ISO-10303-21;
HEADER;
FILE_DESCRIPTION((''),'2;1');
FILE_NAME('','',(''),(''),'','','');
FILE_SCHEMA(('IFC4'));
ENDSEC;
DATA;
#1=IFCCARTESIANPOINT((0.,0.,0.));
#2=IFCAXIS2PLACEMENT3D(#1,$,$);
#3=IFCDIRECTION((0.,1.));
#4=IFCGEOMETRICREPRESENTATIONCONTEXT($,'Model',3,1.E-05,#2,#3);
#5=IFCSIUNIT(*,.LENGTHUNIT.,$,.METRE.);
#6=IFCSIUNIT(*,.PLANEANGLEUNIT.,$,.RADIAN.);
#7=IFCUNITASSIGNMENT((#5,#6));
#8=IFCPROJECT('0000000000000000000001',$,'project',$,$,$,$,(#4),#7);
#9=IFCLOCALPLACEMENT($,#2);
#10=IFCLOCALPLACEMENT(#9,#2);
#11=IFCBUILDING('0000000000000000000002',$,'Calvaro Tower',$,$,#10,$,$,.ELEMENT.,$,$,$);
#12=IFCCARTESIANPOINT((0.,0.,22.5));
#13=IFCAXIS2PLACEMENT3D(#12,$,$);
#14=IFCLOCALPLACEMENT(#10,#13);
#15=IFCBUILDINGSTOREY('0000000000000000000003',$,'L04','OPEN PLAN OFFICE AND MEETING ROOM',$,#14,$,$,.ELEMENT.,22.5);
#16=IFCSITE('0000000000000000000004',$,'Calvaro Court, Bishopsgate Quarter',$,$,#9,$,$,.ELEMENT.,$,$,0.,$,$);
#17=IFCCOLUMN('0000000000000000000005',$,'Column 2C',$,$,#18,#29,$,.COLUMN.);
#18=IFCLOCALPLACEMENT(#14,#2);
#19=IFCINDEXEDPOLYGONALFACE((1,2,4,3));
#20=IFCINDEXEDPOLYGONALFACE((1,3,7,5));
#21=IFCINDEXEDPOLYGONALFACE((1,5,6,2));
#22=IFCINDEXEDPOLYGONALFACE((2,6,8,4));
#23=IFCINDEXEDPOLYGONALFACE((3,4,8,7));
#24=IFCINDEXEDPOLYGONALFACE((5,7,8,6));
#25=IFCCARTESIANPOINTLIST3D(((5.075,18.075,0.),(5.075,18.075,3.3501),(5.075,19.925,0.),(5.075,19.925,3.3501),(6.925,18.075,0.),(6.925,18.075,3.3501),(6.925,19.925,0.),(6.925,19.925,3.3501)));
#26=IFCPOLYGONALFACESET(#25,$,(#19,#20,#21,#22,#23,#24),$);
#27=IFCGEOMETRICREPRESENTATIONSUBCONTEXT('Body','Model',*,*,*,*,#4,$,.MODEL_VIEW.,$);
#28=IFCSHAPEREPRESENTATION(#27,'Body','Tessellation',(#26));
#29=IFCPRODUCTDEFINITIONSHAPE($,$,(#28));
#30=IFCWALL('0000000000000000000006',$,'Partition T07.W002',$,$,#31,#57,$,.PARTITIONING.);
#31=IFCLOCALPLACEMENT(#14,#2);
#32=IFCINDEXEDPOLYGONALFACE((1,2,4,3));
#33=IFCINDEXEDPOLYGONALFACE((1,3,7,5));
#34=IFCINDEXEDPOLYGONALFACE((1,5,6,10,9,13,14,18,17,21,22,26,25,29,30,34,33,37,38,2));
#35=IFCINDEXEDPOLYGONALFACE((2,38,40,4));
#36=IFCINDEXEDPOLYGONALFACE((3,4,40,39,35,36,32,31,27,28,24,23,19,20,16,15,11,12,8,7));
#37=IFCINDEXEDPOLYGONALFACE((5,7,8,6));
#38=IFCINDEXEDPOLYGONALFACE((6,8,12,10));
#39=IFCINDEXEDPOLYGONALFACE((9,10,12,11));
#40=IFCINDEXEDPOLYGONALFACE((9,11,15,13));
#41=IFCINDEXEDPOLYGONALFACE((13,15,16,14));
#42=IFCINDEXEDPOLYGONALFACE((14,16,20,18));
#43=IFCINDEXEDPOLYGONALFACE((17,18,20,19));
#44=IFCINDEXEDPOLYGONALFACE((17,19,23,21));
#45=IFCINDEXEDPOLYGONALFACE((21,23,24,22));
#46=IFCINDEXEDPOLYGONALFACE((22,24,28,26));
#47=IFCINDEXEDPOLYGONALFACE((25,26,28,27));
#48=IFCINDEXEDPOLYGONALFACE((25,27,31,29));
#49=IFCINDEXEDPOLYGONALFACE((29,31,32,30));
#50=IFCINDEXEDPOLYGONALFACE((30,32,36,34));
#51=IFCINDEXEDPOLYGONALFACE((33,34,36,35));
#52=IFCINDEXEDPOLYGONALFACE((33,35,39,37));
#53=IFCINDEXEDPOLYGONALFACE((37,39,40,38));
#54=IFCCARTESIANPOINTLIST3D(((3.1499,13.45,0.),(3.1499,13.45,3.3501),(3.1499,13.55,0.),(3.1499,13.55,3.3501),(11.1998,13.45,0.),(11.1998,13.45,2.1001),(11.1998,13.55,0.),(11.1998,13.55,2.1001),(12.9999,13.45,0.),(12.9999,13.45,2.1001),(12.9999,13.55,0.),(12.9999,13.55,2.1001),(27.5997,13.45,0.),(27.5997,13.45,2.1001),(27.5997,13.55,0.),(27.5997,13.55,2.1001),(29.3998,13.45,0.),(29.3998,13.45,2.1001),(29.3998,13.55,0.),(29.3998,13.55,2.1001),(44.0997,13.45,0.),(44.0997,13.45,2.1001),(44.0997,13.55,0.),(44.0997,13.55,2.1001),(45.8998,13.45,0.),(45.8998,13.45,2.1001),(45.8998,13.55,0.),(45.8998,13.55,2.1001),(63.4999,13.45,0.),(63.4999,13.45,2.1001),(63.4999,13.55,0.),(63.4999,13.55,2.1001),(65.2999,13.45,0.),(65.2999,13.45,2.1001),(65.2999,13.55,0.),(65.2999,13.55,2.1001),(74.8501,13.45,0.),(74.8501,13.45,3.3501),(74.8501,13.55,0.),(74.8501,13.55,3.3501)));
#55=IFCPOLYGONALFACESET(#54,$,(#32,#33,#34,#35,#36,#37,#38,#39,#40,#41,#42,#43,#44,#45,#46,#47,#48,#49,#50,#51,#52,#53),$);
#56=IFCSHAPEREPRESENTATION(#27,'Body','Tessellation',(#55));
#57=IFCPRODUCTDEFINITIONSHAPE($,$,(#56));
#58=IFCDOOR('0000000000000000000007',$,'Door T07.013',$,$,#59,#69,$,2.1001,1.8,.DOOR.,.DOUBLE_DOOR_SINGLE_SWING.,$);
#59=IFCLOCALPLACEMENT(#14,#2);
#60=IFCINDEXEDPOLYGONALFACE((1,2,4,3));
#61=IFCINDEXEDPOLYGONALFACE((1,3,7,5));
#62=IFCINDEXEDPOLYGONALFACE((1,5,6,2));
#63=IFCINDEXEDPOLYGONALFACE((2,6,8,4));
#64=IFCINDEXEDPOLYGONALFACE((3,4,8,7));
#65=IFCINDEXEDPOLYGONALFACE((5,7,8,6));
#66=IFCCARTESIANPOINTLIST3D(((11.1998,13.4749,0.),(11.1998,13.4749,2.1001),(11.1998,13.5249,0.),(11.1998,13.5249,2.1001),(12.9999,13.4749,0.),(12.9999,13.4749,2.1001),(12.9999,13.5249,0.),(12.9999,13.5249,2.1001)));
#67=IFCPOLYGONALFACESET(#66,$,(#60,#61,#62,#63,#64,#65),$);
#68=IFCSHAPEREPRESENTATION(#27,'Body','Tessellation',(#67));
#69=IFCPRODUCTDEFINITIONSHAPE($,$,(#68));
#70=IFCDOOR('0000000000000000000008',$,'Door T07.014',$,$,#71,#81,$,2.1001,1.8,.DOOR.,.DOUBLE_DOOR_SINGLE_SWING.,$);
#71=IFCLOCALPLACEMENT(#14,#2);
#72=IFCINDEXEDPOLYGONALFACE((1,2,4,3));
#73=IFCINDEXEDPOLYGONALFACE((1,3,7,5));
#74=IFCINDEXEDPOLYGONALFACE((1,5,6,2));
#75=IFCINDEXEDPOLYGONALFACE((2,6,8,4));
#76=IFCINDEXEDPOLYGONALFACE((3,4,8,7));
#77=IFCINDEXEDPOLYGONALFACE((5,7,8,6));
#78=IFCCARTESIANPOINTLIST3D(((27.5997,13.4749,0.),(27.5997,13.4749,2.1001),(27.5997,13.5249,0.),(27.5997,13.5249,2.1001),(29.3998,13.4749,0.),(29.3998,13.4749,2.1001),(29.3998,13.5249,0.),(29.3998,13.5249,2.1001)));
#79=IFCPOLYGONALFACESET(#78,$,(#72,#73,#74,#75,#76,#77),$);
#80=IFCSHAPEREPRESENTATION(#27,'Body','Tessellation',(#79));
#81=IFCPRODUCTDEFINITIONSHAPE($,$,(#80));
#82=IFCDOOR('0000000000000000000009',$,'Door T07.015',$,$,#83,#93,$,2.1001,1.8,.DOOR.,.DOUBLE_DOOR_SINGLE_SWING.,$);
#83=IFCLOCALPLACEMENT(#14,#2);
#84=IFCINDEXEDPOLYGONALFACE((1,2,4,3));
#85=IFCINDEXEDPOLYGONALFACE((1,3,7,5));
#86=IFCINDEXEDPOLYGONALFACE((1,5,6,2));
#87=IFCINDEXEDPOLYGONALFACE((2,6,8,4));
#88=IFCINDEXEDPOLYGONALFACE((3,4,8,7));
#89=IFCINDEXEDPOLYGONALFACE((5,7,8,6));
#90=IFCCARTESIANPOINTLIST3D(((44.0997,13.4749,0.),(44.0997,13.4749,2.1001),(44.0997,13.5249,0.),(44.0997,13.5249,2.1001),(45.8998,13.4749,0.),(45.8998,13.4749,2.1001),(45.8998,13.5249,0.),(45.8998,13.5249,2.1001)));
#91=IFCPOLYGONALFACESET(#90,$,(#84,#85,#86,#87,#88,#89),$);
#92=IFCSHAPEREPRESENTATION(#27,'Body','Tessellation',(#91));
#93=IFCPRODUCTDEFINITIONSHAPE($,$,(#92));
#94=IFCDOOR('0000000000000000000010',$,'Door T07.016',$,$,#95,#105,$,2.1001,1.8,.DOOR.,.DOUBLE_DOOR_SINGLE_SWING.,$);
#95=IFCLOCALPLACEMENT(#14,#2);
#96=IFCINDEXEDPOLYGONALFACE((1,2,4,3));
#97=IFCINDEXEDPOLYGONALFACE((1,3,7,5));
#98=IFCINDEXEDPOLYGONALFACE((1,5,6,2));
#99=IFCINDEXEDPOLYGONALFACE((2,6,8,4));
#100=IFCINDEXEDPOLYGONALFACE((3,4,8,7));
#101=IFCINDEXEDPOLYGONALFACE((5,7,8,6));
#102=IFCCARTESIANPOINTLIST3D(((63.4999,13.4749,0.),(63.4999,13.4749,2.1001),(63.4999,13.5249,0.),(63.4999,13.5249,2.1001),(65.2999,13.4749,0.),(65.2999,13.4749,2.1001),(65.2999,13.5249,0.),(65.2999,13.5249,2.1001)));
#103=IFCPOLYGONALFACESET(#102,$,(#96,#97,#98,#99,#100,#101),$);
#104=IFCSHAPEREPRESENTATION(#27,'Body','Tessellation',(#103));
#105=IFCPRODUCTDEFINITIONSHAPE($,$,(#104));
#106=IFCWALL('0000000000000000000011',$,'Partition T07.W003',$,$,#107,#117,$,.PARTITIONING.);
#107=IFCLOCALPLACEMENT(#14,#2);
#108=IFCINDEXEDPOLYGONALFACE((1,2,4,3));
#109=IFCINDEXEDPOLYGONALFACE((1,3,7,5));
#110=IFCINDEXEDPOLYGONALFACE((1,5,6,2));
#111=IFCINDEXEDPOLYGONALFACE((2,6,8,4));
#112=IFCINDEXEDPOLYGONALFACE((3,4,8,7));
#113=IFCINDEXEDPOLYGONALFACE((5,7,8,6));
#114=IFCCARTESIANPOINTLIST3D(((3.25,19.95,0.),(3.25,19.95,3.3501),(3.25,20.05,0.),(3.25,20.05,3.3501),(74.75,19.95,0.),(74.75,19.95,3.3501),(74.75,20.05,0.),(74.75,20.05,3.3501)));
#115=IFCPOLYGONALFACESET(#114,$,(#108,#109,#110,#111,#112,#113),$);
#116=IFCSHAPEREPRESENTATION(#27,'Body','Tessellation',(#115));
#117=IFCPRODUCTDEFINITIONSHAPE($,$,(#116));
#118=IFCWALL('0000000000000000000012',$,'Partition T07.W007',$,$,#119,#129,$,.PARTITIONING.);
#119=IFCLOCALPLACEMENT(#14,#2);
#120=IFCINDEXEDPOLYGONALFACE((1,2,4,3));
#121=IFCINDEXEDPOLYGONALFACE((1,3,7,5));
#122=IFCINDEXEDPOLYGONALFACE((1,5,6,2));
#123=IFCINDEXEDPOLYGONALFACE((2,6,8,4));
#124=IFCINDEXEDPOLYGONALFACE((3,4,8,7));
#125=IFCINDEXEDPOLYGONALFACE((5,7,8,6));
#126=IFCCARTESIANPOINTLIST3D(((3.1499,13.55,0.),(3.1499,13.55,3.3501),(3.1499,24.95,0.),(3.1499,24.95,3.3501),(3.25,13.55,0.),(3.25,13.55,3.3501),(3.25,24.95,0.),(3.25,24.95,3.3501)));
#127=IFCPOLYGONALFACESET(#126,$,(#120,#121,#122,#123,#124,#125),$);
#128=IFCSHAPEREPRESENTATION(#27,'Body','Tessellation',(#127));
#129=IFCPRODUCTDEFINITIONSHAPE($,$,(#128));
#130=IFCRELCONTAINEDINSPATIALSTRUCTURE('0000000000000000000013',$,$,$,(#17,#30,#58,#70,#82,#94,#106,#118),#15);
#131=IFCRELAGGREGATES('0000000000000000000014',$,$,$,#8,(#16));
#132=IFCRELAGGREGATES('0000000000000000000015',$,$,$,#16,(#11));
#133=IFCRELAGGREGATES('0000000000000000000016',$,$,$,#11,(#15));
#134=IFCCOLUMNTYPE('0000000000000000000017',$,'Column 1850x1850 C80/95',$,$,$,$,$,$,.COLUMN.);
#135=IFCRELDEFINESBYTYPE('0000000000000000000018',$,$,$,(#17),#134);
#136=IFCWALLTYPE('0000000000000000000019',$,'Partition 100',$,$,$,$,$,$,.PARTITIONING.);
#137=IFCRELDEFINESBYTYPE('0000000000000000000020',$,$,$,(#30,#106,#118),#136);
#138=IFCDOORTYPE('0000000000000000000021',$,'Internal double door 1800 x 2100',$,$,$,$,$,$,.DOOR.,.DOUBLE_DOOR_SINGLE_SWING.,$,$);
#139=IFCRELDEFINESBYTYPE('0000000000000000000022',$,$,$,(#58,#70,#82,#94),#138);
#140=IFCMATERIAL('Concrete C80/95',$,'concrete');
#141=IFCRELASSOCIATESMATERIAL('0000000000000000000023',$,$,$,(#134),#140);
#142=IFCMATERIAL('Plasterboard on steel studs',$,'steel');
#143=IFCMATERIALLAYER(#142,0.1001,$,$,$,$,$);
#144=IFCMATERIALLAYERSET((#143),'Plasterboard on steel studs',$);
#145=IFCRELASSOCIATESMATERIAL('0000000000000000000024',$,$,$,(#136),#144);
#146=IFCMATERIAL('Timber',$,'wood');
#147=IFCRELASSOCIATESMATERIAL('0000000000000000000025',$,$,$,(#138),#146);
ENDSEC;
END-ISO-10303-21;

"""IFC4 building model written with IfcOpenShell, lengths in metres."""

from ifc_helpers import new_model, si_unit, direction, frame, frame_2d, origin, origin_2d, place, context, subcontext, project, spatial, rectangle, extrude, material, layer, layer_set, material_profile, profile_set, type_object, element, fill, save


model = new_model("IFC4")

# Units and contexts
model_context = context("Model", 3, precision=1e-05, world=origin(), true_north=direction((0.0, 1.0)))
body_context = subcontext(model_context, "Body", "Model", "MODEL_VIEW")
ifc_project = project(units=[si_unit("LENGTHUNIT", "METRE"), si_unit("PLANEANGLEUNIT", "RADIAN")], contexts=[model_context])

# Site, building, storey
site_placement = place(None, origin())
site = spatial("IfcSite", under=ifc_project, at=site_placement, Name="Calvaro Court, Bishopsgate Quarter", CompositionType="ELEMENT", RefElevation=0.0)
building_placement = place(site_placement, origin())
building = spatial("IfcBuilding", under=site, at=building_placement, Name="Calvaro Tower", CompositionType="ELEMENT")
storey_placement = place(building_placement, frame((0.0, 0.0, 22.5)))
storey = spatial("IfcBuildingStorey", under=building, at=storey_placement, Name="L04", Description="OPEN PLAN OFFICE AND MEETING ROOM", CompositionType="ELEMENT", Elevation=22.5)

# Column
ifc_material_1 = material(Name="Concrete C80/95", Category="concrete")
ifc_material_profile = material_profile(ifc_material_1, rectangle(XDim=1.8501, YDim=1.8501, at=origin_2d()), Name="RC 1850x1850")
ifc_profile_set = profile_set([ifc_material_profile], Name="Concrete C80/95")
column_type = type_object("IfcColumnType", Name="Column 1850x1850 C80/95", PredefinedType="COLUMN", material=ifc_profile_set)
column_placement = place(storey_placement, frame((6.0, 19.0, 0.0), z_axis=(0.0, 0.0, 1.0), x_axis=(1.0, 0.0, 0.0)))
element("IfcColumn", 1, at=column_placement, inside=storey, type_object=column_type, Name="Column 2C", PredefinedType="COLUMN", context=body_context, shape_type="SweptSolid", body=[
    extrude(rectangle(XDim=1.8501, YDim=1.8501, at=origin_2d()), origin(), (0.0, 0.0, 1.0), 3.3501),
])

# Wall, openings, doors
ifc_material_2 = material(Name="Plasterboard on steel studs", Category="steel")
ifc_layer = layer(ifc_material_2, 0.1001)
ifc_layer_set = layer_set([ifc_layer], Name="Plasterboard on steel studs")
wall_type = type_object("IfcWallType", Name="Partition 100", PredefinedType="PARTITIONING", material=ifc_layer_set)
ifc_material_3 = material(Name="Timber", Category="wood")
door_type_1 = type_object("IfcDoorType", Name="Internal double door 1800 x 2100", OperationType="DOUBLE_DOOR_SINGLE_SWING", PredefinedType="DOOR", material=ifc_material_3)
wall_1_placement = place(storey_placement, frame((3.1499, 13.5, 0.0), z_axis=(0.0, 0.0, 1.0), x_axis=(1.0, 0.0, 0.0)))
wall_1 = element("IfcWall", 2, at=wall_1_placement, inside=storey, type_object=wall_type, Name="Partition T07.W002", PredefinedType="PARTITIONING", context=body_context, shape_type="SweptSolid", body=[
    extrude(rectangle(XDim=71.7002, YDim=0.1001, at=frame_2d((35.8501, 0.0))), origin(), (0.0, 0.0, 1.0), 3.3501),
])
opening_1_placement = place(wall_1_placement, frame((8.05, 0.0, 0.0)))
opening_1 = element("IfcOpeningElement", 3, at=opening_1_placement, cuts=wall_1, PredefinedType="OPENING", context=body_context, shape_type="SweptSolid", body=[
    extrude(rectangle(XDim=1.8, YDim=2.1001, at=frame_2d((0.8999, 1.05))), frame((0.0, 0.0601, 0.0), z_axis=(0.0, -1.0, 0.0), x_axis=(1.0, 0.0, 0.0)), (0.0, 0.0, 1.0), 0.1201),
])
opening_2_placement = place(wall_1_placement, frame((24.45, 0.0, 0.0)))
opening_2 = element("IfcOpeningElement", 4, at=opening_2_placement, cuts=wall_1, PredefinedType="OPENING", context=body_context, shape_type="SweptSolid", body=[
    extrude(rectangle(XDim=1.8, YDim=2.1001, at=frame_2d((0.8999, 1.05))), frame((0.0, 0.0601, 0.0), z_axis=(0.0, -1.0, 0.0), x_axis=(1.0, 0.0, 0.0)), (0.0, 0.0, 1.0), 0.1201),
])
opening_3_placement = place(wall_1_placement, frame((40.95, 0.0, 0.0)))
opening_3 = element("IfcOpeningElement", 5, at=opening_3_placement, cuts=wall_1, PredefinedType="OPENING", context=body_context, shape_type="SweptSolid", body=[
    extrude(rectangle(XDim=1.8, YDim=2.1001, at=frame_2d((0.8999, 1.05))), frame((0.0, 0.0601, 0.0), z_axis=(0.0, -1.0, 0.0), x_axis=(1.0, 0.0, 0.0)), (0.0, 0.0, 1.0), 0.1201),
])
opening_4_placement = place(wall_1_placement, frame((60.3501, 0.0, 0.0)))
opening_4 = element("IfcOpeningElement", 6, at=opening_4_placement, cuts=wall_1, PredefinedType="OPENING", context=body_context, shape_type="SweptSolid", body=[
    extrude(rectangle(XDim=1.8, YDim=2.1001, at=frame_2d((0.8999, 1.05))), frame((0.0, 0.0601, 0.0), z_axis=(0.0, -1.0, 0.0), x_axis=(1.0, 0.0, 0.0)), (0.0, 0.0, 1.0), 0.1201),
])
door_1_placement = place(opening_1_placement, origin())
door_1 = element("IfcDoor", 7, at=door_1_placement, inside=storey, type_object=door_type_1, Name="Door T07.013", OperationType="DOUBLE_DOOR_SINGLE_SWING", OverallHeight=2.1001, OverallWidth=1.8, PredefinedType="DOOR", context=body_context, shape_type="SweptSolid", body=[
    extrude(rectangle(XDim=1.8, YDim=2.1001, at=frame_2d((0.8999, 1.05))), frame((0.0, 0.0249, 0.0), z_axis=(0.0, -1.0, 0.0), x_axis=(1.0, 0.0, 0.0)), (0.0, 0.0, 1.0), 0.05),
])
fill(opening_1, door_1)
door_2_placement = place(opening_2_placement, origin())
door_2 = element("IfcDoor", 8, at=door_2_placement, inside=storey, type_object=door_type_1, Name="Door T07.014", OperationType="DOUBLE_DOOR_SINGLE_SWING", OverallHeight=2.1001, OverallWidth=1.8, PredefinedType="DOOR", context=body_context, shape_type="SweptSolid", body=[
    extrude(rectangle(XDim=1.8, YDim=2.1001, at=frame_2d((0.8999, 1.05))), frame((0.0, 0.0249, 0.0), z_axis=(0.0, -1.0, 0.0), x_axis=(1.0, 0.0, 0.0)), (0.0, 0.0, 1.0), 0.05),
])
fill(opening_2, door_2)
door_3_placement = place(opening_3_placement, origin())
door_3 = element("IfcDoor", 9, at=door_3_placement, inside=storey, type_object=door_type_1, Name="Door T07.015", OperationType="DOUBLE_DOOR_SINGLE_SWING", OverallHeight=2.1001, OverallWidth=1.8, PredefinedType="DOOR", context=body_context, shape_type="SweptSolid", body=[
    extrude(rectangle(XDim=1.8, YDim=2.1001, at=frame_2d((0.8999, 1.05))), frame((0.0, 0.0249, 0.0), z_axis=(0.0, -1.0, 0.0), x_axis=(1.0, 0.0, 0.0)), (0.0, 0.0, 1.0), 0.05),
])
fill(opening_3, door_3)
door_4_placement = place(opening_4_placement, origin())
door_4 = element("IfcDoor", 10, at=door_4_placement, inside=storey, type_object=door_type_1, Name="Door T07.016", OperationType="DOUBLE_DOOR_SINGLE_SWING", OverallHeight=2.1001, OverallWidth=1.8, PredefinedType="DOOR", context=body_context, shape_type="SweptSolid", body=[
    extrude(rectangle(XDim=1.8, YDim=2.1001, at=frame_2d((0.8999, 1.05))), frame((0.0, 0.0249, 0.0), z_axis=(0.0, -1.0, 0.0), x_axis=(1.0, 0.0, 0.0)), (0.0, 0.0, 1.0), 0.05),
])
fill(opening_4, door_4)

# Walls
wall_2_placement = place(storey_placement, frame((3.25, 20.0, 0.0), z_axis=(0.0, 0.0, 1.0), x_axis=(1.0, 0.0, 0.0)))
element("IfcWall", 11, at=wall_2_placement, inside=storey, type_object=wall_type, Name="Partition T07.W003", PredefinedType="PARTITIONING", context=body_context, shape_type="SweptSolid", body=[
    extrude(rectangle(XDim=71.5, YDim=0.1001, at=frame_2d((35.75, 0.0))), origin(), (0.0, 0.0, 1.0), 3.3501),
])
wall_3_placement = place(storey_placement, frame((3.2, 13.55, 0.0), z_axis=(0.0, 0.0, 1.0), x_axis=(0.0, 1.0, 0.0)))
element("IfcWall", 12, at=wall_3_placement, inside=storey, type_object=wall_type, Name="Partition T07.W007", PredefinedType="PARTITIONING", context=body_context, shape_type="SweptSolid", body=[
    extrude(rectangle(XDim=11.3999, YDim=0.1001, at=frame_2d((5.7, 0.0))), origin(), (0.0, 0.0, 1.0), 3.3501),
])

save(model, "model.ifc")
